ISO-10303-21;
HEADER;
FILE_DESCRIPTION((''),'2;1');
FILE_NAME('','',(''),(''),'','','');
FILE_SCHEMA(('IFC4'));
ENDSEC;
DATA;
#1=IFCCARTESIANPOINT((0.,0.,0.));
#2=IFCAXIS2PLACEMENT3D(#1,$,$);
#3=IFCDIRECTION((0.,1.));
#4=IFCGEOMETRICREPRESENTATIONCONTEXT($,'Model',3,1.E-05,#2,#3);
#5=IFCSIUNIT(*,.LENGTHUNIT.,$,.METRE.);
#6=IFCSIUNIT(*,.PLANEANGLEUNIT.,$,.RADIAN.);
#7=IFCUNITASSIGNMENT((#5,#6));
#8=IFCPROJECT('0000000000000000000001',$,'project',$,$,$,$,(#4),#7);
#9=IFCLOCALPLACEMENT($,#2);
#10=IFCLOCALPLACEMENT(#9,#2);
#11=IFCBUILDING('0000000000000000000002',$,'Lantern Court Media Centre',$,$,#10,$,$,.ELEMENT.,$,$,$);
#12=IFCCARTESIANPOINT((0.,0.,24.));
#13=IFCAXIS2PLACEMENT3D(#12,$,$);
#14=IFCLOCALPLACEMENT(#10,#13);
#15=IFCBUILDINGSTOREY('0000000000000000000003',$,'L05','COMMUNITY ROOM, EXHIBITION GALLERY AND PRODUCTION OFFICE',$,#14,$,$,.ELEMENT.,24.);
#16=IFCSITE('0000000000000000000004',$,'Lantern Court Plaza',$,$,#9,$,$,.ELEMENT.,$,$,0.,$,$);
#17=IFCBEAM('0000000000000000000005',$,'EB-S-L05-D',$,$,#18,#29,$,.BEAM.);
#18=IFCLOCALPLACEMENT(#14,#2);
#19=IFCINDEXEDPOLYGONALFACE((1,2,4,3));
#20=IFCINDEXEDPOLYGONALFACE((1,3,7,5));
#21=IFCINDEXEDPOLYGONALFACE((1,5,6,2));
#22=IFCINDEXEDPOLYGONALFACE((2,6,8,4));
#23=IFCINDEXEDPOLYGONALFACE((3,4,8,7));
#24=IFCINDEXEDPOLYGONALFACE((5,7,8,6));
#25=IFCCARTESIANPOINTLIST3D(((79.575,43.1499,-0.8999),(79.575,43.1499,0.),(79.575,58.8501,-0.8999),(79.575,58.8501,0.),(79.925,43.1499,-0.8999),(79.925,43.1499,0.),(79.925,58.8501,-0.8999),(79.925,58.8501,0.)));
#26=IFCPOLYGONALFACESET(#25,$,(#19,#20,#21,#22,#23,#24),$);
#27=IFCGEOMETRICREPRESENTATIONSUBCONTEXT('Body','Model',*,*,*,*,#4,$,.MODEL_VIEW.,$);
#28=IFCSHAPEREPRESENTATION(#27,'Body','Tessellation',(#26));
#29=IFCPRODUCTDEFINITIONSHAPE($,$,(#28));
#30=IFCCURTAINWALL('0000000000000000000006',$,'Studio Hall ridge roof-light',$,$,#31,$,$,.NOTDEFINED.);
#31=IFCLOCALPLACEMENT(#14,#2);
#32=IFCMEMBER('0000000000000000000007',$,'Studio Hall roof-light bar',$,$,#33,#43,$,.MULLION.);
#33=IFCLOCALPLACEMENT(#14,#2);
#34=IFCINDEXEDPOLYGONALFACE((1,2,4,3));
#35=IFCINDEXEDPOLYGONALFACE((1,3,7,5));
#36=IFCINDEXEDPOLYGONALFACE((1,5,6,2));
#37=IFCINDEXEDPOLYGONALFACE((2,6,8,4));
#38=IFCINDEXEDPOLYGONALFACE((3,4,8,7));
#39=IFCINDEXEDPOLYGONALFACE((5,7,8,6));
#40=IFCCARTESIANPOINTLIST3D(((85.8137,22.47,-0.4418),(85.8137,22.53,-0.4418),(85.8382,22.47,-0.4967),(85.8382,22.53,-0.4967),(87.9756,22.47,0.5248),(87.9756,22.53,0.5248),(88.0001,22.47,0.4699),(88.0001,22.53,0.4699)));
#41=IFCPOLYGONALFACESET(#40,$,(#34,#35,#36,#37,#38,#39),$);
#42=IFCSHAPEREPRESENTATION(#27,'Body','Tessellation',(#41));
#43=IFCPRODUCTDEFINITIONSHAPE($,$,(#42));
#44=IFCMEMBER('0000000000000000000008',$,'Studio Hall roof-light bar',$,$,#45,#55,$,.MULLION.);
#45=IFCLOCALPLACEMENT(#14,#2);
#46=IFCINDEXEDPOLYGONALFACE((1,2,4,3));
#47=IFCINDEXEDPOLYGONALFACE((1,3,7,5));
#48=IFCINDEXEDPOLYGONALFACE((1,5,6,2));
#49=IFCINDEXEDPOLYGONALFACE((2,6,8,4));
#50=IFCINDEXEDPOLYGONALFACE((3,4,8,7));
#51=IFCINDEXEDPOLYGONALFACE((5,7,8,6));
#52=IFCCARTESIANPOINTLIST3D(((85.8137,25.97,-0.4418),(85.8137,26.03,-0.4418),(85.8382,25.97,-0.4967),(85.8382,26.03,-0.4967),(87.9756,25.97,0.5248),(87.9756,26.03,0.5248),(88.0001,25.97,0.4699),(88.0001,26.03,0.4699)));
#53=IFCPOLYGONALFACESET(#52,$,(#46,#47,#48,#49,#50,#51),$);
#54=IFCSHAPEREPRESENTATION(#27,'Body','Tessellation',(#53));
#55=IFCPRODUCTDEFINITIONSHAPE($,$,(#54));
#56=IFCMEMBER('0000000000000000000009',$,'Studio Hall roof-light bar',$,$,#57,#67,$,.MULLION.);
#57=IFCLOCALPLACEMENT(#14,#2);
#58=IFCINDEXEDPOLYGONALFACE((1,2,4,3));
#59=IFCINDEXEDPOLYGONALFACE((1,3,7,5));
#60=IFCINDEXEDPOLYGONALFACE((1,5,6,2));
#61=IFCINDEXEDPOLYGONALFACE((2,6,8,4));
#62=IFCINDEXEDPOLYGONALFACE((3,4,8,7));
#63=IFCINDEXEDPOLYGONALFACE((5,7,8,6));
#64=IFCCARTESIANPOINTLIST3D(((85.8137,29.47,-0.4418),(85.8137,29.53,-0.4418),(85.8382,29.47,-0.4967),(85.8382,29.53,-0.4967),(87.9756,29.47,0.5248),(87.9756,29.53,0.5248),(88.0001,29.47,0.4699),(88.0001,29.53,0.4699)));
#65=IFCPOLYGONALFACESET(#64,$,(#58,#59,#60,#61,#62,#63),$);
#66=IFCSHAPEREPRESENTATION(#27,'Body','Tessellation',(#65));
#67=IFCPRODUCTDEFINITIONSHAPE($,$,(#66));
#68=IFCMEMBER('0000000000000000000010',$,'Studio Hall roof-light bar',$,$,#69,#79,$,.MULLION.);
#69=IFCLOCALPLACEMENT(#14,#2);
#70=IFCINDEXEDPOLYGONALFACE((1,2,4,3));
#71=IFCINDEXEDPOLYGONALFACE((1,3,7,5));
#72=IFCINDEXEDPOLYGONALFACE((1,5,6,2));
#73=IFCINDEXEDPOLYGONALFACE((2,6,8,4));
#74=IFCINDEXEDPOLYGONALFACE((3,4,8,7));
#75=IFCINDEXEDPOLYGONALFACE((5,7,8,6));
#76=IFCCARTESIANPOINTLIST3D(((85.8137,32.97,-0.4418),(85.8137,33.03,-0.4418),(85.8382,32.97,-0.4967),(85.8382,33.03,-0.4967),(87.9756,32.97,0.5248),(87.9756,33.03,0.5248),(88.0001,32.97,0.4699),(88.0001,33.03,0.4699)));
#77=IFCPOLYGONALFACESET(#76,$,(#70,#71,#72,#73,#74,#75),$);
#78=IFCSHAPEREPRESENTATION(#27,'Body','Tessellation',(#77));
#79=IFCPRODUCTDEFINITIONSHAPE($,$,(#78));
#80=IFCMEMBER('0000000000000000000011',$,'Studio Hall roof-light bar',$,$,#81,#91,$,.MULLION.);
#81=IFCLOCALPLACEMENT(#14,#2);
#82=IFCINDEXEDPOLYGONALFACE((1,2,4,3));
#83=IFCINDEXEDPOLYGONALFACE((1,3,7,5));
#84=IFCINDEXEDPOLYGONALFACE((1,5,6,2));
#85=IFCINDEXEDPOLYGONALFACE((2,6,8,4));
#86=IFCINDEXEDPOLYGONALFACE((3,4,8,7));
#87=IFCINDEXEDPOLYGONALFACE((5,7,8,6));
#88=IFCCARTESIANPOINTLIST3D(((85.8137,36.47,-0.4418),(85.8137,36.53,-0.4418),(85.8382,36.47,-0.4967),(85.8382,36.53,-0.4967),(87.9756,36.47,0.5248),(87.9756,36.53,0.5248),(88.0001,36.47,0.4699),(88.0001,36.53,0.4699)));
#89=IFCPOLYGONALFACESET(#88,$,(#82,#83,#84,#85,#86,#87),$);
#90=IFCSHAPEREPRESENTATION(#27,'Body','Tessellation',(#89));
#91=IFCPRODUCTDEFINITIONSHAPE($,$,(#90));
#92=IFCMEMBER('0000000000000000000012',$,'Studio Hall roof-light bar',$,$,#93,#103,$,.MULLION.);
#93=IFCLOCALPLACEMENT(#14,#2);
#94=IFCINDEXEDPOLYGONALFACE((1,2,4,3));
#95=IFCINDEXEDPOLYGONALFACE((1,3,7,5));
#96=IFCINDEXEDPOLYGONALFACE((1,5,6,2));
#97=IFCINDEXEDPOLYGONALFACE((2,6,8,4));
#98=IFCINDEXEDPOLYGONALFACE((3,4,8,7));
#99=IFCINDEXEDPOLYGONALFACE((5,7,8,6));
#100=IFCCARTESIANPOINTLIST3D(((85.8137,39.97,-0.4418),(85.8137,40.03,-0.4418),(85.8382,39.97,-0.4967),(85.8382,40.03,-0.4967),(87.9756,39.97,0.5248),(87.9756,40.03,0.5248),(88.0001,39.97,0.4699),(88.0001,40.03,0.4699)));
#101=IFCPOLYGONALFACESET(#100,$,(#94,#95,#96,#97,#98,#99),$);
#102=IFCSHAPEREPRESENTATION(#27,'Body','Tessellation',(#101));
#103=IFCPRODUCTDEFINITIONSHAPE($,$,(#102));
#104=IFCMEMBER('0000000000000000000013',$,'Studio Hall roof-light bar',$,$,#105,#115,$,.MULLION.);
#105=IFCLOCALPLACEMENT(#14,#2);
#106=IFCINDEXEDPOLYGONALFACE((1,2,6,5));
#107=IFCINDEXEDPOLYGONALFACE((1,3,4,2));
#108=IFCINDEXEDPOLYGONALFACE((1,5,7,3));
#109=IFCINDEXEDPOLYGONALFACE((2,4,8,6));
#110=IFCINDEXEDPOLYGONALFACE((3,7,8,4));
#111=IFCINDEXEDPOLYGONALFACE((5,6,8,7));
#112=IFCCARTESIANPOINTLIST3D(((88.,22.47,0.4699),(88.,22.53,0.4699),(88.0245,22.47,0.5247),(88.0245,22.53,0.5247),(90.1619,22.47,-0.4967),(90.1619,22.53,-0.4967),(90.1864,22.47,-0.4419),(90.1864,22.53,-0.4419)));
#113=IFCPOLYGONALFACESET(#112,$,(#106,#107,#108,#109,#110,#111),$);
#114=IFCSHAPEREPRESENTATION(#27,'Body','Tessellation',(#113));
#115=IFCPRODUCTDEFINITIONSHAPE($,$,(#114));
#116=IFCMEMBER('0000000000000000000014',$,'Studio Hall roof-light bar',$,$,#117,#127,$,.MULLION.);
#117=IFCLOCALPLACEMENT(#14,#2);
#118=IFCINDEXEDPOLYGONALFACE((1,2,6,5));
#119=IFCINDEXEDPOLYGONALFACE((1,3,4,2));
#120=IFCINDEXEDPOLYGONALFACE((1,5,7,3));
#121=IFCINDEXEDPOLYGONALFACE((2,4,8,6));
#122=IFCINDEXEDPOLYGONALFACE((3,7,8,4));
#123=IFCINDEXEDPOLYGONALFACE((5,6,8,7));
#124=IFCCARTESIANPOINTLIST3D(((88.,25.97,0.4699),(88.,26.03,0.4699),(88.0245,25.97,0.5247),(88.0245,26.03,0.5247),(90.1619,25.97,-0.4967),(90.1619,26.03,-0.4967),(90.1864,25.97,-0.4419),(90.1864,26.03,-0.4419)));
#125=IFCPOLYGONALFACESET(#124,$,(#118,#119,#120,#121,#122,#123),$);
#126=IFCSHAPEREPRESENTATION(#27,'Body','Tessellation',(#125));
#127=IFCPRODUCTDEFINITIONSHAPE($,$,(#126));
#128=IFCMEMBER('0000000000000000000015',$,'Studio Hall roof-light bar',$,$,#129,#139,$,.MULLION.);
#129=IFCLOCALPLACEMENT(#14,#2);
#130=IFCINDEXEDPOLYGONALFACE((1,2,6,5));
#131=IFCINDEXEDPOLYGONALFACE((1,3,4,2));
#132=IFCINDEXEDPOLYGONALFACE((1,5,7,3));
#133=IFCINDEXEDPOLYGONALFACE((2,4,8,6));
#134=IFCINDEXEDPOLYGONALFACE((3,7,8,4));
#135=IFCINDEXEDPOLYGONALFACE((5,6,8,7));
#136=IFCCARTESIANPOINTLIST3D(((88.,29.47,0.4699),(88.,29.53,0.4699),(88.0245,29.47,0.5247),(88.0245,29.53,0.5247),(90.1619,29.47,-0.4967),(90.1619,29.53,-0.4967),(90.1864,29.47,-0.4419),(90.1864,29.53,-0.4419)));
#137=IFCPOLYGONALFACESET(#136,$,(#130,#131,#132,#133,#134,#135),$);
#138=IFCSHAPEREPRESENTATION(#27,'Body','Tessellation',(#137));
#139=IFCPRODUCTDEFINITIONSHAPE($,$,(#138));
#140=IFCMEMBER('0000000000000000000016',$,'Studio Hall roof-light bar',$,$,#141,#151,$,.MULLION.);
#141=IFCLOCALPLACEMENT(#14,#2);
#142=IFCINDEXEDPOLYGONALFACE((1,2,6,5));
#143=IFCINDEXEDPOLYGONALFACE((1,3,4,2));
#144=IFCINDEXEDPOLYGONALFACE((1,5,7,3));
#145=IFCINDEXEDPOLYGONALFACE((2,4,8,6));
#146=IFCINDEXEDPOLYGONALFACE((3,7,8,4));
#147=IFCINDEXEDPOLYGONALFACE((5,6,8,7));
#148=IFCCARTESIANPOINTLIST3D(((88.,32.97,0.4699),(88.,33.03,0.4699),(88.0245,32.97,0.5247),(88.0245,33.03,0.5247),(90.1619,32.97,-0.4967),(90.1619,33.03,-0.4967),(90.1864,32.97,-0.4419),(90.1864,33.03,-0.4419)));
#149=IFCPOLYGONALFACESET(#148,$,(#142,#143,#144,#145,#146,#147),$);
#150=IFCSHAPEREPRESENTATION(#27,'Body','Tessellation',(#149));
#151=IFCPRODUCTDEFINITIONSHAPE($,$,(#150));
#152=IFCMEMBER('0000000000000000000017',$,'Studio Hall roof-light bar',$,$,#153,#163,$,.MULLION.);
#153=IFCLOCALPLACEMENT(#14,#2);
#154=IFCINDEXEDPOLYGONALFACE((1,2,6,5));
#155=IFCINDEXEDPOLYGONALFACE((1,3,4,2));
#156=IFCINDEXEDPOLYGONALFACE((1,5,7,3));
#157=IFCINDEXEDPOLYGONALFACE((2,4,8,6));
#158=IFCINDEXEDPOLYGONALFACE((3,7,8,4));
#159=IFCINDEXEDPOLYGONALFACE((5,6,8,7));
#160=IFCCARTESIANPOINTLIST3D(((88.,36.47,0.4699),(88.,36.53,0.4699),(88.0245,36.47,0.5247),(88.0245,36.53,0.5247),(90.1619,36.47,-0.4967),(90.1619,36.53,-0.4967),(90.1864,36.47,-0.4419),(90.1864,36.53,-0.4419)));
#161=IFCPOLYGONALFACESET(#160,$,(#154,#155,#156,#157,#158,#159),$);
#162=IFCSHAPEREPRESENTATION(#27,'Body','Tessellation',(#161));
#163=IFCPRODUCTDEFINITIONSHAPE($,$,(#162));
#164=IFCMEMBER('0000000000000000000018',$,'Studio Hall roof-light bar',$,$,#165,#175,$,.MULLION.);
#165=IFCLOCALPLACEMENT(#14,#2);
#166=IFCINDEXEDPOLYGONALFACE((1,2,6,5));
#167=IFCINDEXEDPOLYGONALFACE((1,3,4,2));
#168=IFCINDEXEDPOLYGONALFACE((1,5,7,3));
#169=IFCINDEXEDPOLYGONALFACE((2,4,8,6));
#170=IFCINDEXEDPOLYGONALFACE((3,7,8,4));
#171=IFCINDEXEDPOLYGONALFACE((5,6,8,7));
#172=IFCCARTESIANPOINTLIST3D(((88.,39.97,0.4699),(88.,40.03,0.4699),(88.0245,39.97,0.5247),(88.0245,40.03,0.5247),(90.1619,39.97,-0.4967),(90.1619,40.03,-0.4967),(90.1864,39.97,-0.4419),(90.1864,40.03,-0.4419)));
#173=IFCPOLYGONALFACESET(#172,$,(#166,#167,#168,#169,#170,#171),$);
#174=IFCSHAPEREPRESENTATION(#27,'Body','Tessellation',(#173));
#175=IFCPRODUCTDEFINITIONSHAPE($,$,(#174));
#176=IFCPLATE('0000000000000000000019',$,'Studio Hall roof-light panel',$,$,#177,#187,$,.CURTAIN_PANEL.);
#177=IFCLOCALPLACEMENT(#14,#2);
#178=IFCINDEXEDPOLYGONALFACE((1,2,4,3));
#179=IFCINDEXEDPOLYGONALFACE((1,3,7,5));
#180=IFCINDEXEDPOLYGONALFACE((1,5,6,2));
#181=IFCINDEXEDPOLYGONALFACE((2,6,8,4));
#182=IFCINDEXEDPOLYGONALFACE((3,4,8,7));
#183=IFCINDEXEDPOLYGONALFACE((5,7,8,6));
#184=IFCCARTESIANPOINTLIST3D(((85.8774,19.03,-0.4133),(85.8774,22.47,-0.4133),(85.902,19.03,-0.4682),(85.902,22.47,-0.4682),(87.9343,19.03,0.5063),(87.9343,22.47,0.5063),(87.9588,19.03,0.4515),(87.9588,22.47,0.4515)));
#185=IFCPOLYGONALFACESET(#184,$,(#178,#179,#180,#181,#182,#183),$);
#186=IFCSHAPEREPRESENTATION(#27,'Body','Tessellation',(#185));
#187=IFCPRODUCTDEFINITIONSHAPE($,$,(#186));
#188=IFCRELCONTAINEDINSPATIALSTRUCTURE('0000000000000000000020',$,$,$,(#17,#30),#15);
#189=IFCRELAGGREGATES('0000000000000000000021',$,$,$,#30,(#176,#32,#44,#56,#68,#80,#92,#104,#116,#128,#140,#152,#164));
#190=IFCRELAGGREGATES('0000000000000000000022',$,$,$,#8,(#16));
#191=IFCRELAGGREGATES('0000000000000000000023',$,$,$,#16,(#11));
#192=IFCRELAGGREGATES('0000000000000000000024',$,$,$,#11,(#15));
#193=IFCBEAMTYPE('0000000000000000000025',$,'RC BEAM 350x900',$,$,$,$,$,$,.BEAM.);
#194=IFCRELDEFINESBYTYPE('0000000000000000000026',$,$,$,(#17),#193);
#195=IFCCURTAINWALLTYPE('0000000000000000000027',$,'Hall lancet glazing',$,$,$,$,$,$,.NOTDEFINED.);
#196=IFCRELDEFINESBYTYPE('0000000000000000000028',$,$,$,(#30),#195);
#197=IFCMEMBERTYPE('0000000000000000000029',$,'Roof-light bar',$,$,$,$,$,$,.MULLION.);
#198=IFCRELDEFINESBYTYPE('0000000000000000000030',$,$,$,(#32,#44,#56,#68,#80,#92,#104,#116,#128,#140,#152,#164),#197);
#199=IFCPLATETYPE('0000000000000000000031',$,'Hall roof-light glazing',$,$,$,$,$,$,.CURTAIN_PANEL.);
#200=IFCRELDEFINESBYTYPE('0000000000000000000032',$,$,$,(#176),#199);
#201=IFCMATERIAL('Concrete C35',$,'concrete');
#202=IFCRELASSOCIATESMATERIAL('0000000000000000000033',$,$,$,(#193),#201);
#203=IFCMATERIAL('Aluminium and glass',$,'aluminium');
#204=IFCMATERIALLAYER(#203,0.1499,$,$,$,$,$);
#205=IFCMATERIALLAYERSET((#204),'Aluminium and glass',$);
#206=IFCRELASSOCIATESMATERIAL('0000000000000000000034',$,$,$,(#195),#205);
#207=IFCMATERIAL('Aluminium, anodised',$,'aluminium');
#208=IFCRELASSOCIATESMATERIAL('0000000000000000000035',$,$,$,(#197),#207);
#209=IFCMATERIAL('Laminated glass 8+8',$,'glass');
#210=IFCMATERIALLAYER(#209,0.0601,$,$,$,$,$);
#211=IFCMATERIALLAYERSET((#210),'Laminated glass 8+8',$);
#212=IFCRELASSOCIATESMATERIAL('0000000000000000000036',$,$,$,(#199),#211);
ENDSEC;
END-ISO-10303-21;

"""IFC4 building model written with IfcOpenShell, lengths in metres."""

from ifc_helpers import new_model, si_unit, direction, frame, origin, origin_2d, place, context, subcontext, project, spatial, polyline, rectangle, outline, extrude, material, layer, layer_set, material_profile, profile_set, type_object, element, aggregate, save


model = new_model("IFC4")

# Units and contexts
model_context = context("Model", 3, precision=1e-05, world=origin(), true_north=direction((0.0, 1.0)))
body_context = subcontext(model_context, "Body", "Model", "MODEL_VIEW")
ifc_project = project(units=[si_unit("LENGTHUNIT", "METRE"), si_unit("PLANEANGLEUNIT", "RADIAN")], contexts=[model_context])

# Site, building, storey
site_placement = place(None, origin())
site = spatial("IfcSite", under=ifc_project, at=site_placement, Name="Lantern Court Plaza", CompositionType="ELEMENT", RefElevation=0.0)
building_placement = place(site_placement, origin())
building = spatial("IfcBuilding", under=site, at=building_placement, Name="Lantern Court Media Centre", CompositionType="ELEMENT")
storey_placement = place(building_placement, frame((0.0, 0.0, 24.0)))
storey = spatial("IfcBuildingStorey", under=building, at=storey_placement, Name="L05", Description="COMMUNITY ROOM, EXHIBITION GALLERY AND PRODUCTION OFFICE", CompositionType="ELEMENT", Elevation=24.0)

# Beam
ifc_material_1 = material(Name="Concrete C35", Category="concrete")
ifc_material_profile_1 = material_profile(ifc_material_1, rectangle(XDim=0.3501, YDim=0.8999, at=origin_2d()), Name="RC 350x900")
ifc_profile_set_1 = profile_set([ifc_material_profile_1], Name="Concrete C35")
beam_type = type_object("IfcBeamType", Name="RC BEAM 350x900", PredefinedType="BEAM", material=ifc_profile_set_1)
beam_placement = place(storey_placement, frame((79.75, 43.1499, -0.45), z_axis=(0.0, 1.0, 0.0), x_axis=(-1.0, 0.0, 0.0)))
element("IfcBeam", 1, at=beam_placement, inside=storey, type_object=beam_type, Name="EB-S-L05-D", PredefinedType="BEAM", context=body_context, shape_type="SweptSolid", body=[
    extrude(rectangle(XDim=0.3501, YDim=0.8999, at=origin_2d()), origin(), (0.0, 0.0, 1.0), 15.7002),
])

# Curtain wall, members, plate
ifc_material_2 = material(Name="Aluminium and glass", Category="aluminium")
ifc_layer_1 = layer(ifc_material_2, 0.1499)
ifc_layer_set_1 = layer_set([ifc_layer_1], Name="Aluminium and glass")
curtain_wall_type = type_object("IfcCurtainWallType", Name="Hall lancet glazing", PredefinedType="NOTDEFINED", material=ifc_layer_set_1)
curtain_wall_placement = place(storey_placement, origin())
curtain_wall = element("IfcCurtainWall", 2, at=curtain_wall_placement, inside=storey, type_object=curtain_wall_type, Name="Studio Hall ridge roof-light", PredefinedType="NOTDEFINED")
ifc_material_3 = material(Name="Aluminium, anodised", Category="aluminium")
ifc_material_profile_2 = material_profile(ifc_material_3, rectangle(XDim=0.0601, YDim=0.0601, at=origin_2d()), Name="Roof-light bar")
ifc_profile_set_2 = profile_set([ifc_material_profile_2], Name="Aluminium, anodised")
member_type = type_object("IfcMemberType", Name="Roof-light bar", PredefinedType="MULLION", material=ifc_profile_set_2)
placement = place(building_placement, frame((0.0, 0.0, 19.2)))
member_1_placement = place(placement, frame((85.8259, 22.5, 4.3308), z_axis=(0.912912, 0.0, 0.408156), x_axis=(0.0, 1.0, 0.0)))
member_1 = element("IfcMember", 3, at=member_1_placement, type_object=member_type, Name="Studio Hall roof-light bar", PredefinedType="MULLION", context=body_context, shape_type="SweptSolid", body=[
    extrude(rectangle(XDim=0.0601, YDim=0.0601, at=origin_2d()), origin(), (0.0, 0.0, 1.0), 2.3682),
])
member_2_placement = place(placement, frame((85.8259, 26.0, 4.3308), z_axis=(0.912912, 0.0, 0.408156), x_axis=(0.0, 1.0, 0.0)))
member_2 = element("IfcMember", 4, at=member_2_placement, type_object=member_type, Name="Studio Hall roof-light bar", PredefinedType="MULLION", context=body_context, shape_type="SweptSolid", body=[
    extrude(rectangle(XDim=0.0601, YDim=0.0601, at=origin_2d()), origin(), (0.0, 0.0, 1.0), 2.3682),
])
member_3_placement = place(placement, frame((85.8259, 29.5, 4.3308), z_axis=(0.912912, 0.0, 0.408156), x_axis=(0.0, 1.0, 0.0)))
member_3 = element("IfcMember", 5, at=member_3_placement, type_object=member_type, Name="Studio Hall roof-light bar", PredefinedType="MULLION", context=body_context, shape_type="SweptSolid", body=[
    extrude(rectangle(XDim=0.0601, YDim=0.0601, at=origin_2d()), origin(), (0.0, 0.0, 1.0), 2.3682),
])
member_4_placement = place(placement, frame((85.8259, 33.0, 4.3308), z_axis=(0.912912, 0.0, 0.408156), x_axis=(0.0, 1.0, 0.0)))
member_4 = element("IfcMember", 6, at=member_4_placement, type_object=member_type, Name="Studio Hall roof-light bar", PredefinedType="MULLION", context=body_context, shape_type="SweptSolid", body=[
    extrude(rectangle(XDim=0.0601, YDim=0.0601, at=origin_2d()), origin(), (0.0, 0.0, 1.0), 2.3682),
])
member_5_placement = place(placement, frame((85.8259, 36.5, 4.3308), z_axis=(0.912912, 0.0, 0.408156), x_axis=(0.0, 1.0, 0.0)))
member_5 = element("IfcMember", 7, at=member_5_placement, type_object=member_type, Name="Studio Hall roof-light bar", PredefinedType="MULLION", context=body_context, shape_type="SweptSolid", body=[
    extrude(rectangle(XDim=0.0601, YDim=0.0601, at=origin_2d()), origin(), (0.0, 0.0, 1.0), 2.3682),
])
member_6_placement = place(placement, frame((85.8259, 40.0, 4.3308), z_axis=(0.912912, 0.0, 0.408156), x_axis=(0.0, 1.0, 0.0)))
member_6 = element("IfcMember", 8, at=member_6_placement, type_object=member_type, Name="Studio Hall roof-light bar", PredefinedType="MULLION", context=body_context, shape_type="SweptSolid", body=[
    extrude(rectangle(XDim=0.0601, YDim=0.0601, at=origin_2d()), origin(), (0.0, 0.0, 1.0), 2.3682),
])
member_7_placement = place(storey_placement, frame((88.0122, 22.5, 0.4973), z_axis=(0.912912, 0.0, -0.408156), x_axis=(0.0, 1.0, 0.0)))
member_7 = element("IfcMember", 9, at=member_7_placement, type_object=member_type, Name="Studio Hall roof-light bar", PredefinedType="MULLION", context=body_context, shape_type="SweptSolid", body=[
    extrude(rectangle(XDim=0.0601, YDim=0.0601, at=origin_2d()), origin(), (0.0, 0.0, 1.0), 2.3682),
])
member_8_placement = place(storey_placement, frame((88.0122, 26.0, 0.4973), z_axis=(0.912912, 0.0, -0.408156), x_axis=(0.0, 1.0, 0.0)))
member_8 = element("IfcMember", 10, at=member_8_placement, type_object=member_type, Name="Studio Hall roof-light bar", PredefinedType="MULLION", context=body_context, shape_type="SweptSolid", body=[
    extrude(rectangle(XDim=0.0601, YDim=0.0601, at=origin_2d()), origin(), (0.0, 0.0, 1.0), 2.3682),
])
member_9_placement = place(storey_placement, frame((88.0122, 29.5, 0.4973), z_axis=(0.912912, 0.0, -0.408156), x_axis=(0.0, 1.0, 0.0)))
member_9 = element("IfcMember", 11, at=member_9_placement, type_object=member_type, Name="Studio Hall roof-light bar", PredefinedType="MULLION", context=body_context, shape_type="SweptSolid", body=[
    extrude(rectangle(XDim=0.0601, YDim=0.0601, at=origin_2d()), origin(), (0.0, 0.0, 1.0), 2.3682),
])
member_10_placement = place(storey_placement, frame((88.0122, 33.0, 0.4973), z_axis=(0.912912, 0.0, -0.408156), x_axis=(0.0, 1.0, 0.0)))
member_10 = element("IfcMember", 12, at=member_10_placement, type_object=member_type, Name="Studio Hall roof-light bar", PredefinedType="MULLION", context=body_context, shape_type="SweptSolid", body=[
    extrude(rectangle(XDim=0.0601, YDim=0.0601, at=origin_2d()), origin(), (0.0, 0.0, 1.0), 2.3682),
])
member_11_placement = place(storey_placement, frame((88.0122, 36.5, 0.4973), z_axis=(0.912912, 0.0, -0.408156), x_axis=(0.0, 1.0, 0.0)))
member_11 = element("IfcMember", 13, at=member_11_placement, type_object=member_type, Name="Studio Hall roof-light bar", PredefinedType="MULLION", context=body_context, shape_type="SweptSolid", body=[
    extrude(rectangle(XDim=0.0601, YDim=0.0601, at=origin_2d()), origin(), (0.0, 0.0, 1.0), 2.3682),
])
member_12_placement = place(storey_placement, frame((88.0122, 40.0, 0.4973), z_axis=(0.912912, 0.0, -0.408156), x_axis=(0.0, 1.0, 0.0)))
member_12 = element("IfcMember", 14, at=member_12_placement, type_object=member_type, Name="Studio Hall roof-light bar", PredefinedType="MULLION", context=body_context, shape_type="SweptSolid", body=[
    extrude(rectangle(XDim=0.0601, YDim=0.0601, at=origin_2d()), origin(), (0.0, 0.0, 1.0), 2.3682),
])
ifc_material_4 = material(Name="Laminated glass 8+8", Category="glass")
ifc_layer_2 = layer(ifc_material_4, 0.0601)
ifc_layer_set_2 = layer_set([ifc_layer_2], Name="Laminated glass 8+8")
plate_type = type_object("IfcPlateType", Name="Hall roof-light glazing", PredefinedType="CURTAIN_PANEL", material=ifc_layer_set_2)
plate_1_placement = place(placement, frame((85.8774, 19.03, 4.3867), z_axis=(-0.408178, 0.0, 0.912902), x_axis=(0.912902, 0.0, 0.408178)))
plate_1 = element("IfcPlate", 15, at=plate_1_placement, type_object=plate_type, Name="Studio Hall roof-light panel", PredefinedType="CURTAIN_PANEL", context=body_context, shape_type="SweptSolid", body=[
    extrude(outline(polyline([(0.0, 0.0), (2.2531, 0.0), (2.2531, 3.4399), (0.0, 3.4399), (0.0, 0.0)])), origin(), (0.0, 0.0, -1.0), 0.0601),
])
aggregate(curtain_wall, [plate_1, member_1, member_2, member_3, member_4, member_5, member_6, member_7, member_8, member_9, member_10, member_11, member_12])

save(model, "model.ifc")
